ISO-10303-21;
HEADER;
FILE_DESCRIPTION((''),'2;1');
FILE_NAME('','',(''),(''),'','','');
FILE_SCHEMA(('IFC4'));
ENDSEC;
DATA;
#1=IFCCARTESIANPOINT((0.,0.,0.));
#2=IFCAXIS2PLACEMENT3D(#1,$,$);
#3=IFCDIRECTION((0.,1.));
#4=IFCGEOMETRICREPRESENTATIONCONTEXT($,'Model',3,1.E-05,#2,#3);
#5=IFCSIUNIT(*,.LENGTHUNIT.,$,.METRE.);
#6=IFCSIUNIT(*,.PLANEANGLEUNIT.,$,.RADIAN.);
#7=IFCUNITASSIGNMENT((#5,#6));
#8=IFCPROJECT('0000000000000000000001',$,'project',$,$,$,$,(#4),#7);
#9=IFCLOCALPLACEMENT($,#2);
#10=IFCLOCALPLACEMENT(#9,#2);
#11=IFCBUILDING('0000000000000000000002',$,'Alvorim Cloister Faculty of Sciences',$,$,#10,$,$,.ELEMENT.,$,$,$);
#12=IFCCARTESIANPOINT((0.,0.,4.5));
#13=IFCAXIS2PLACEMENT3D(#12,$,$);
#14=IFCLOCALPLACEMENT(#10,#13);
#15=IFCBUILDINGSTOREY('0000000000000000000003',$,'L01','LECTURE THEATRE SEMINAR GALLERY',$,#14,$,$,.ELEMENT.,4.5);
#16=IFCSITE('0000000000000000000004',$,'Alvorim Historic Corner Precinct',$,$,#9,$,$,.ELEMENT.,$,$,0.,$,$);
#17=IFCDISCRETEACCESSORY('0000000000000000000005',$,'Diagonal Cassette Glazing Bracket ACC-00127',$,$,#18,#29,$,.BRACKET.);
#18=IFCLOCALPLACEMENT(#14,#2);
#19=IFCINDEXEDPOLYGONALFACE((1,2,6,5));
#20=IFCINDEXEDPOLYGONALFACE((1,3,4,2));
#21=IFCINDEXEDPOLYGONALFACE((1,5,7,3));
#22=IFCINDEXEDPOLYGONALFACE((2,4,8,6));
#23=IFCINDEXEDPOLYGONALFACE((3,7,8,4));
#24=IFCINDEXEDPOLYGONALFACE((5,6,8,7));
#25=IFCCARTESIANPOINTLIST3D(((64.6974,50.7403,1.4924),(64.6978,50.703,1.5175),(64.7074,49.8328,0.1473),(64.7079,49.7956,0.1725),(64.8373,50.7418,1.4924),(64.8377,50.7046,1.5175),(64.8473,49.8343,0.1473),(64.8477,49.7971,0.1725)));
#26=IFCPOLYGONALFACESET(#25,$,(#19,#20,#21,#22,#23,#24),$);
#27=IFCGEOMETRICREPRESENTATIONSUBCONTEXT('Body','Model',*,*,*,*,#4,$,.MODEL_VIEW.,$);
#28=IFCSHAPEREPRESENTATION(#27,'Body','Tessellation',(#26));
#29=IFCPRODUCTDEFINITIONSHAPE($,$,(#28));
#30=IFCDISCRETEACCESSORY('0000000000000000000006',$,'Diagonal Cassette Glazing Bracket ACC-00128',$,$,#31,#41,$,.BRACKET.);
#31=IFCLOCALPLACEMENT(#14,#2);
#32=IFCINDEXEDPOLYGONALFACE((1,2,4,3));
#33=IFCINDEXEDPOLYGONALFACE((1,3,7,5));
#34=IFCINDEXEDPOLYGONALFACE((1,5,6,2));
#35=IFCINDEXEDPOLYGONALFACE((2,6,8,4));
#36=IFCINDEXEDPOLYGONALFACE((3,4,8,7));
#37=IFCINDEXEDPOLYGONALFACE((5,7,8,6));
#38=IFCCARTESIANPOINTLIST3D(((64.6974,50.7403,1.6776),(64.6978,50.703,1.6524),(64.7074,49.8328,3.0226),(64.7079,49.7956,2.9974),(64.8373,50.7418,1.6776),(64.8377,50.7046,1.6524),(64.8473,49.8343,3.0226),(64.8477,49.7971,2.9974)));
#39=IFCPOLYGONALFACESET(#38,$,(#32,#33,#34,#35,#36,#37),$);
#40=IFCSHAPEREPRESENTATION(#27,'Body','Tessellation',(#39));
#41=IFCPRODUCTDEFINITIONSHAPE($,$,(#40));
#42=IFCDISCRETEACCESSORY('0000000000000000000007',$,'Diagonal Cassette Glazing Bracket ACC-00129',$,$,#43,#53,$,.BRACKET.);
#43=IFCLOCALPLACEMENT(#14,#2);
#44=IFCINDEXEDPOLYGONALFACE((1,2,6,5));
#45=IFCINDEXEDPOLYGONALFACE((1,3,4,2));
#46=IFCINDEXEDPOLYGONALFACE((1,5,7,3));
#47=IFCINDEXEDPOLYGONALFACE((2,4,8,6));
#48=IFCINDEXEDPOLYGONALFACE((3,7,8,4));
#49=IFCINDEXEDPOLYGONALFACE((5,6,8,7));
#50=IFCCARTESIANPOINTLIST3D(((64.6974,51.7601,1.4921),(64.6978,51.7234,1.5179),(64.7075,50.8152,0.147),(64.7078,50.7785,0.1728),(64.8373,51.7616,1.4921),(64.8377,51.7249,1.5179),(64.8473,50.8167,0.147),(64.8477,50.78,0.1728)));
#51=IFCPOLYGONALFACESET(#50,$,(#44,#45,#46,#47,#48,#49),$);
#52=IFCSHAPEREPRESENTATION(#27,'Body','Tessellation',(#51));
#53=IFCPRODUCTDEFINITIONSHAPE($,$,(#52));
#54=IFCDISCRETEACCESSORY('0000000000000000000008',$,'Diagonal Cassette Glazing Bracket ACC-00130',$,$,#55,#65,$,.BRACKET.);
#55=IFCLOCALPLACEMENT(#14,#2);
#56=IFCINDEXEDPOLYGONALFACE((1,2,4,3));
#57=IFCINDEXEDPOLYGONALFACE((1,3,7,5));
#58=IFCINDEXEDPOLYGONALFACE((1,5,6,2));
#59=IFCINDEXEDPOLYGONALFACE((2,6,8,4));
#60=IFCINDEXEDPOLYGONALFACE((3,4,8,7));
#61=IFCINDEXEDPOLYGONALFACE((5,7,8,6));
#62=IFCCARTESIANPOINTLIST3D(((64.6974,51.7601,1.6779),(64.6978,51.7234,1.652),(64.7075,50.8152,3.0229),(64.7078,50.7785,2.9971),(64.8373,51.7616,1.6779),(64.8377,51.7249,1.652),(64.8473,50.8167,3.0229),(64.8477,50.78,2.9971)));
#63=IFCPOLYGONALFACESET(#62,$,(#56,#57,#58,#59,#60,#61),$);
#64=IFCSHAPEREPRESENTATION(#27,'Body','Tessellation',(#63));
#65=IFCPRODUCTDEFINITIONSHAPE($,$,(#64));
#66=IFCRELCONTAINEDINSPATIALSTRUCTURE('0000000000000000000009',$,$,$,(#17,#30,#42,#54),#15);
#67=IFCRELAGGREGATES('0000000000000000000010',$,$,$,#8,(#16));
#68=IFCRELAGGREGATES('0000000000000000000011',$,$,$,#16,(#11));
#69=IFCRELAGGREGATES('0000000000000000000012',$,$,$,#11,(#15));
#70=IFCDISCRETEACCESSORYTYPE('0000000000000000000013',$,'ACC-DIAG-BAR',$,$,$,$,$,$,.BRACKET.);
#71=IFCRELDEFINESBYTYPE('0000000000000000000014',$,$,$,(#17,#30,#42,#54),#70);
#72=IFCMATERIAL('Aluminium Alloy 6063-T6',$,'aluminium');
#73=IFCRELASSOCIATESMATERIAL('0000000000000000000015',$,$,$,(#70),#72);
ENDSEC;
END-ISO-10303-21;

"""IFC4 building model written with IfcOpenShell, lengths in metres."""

from ifc_helpers import new_model, si_unit, direction, frame, origin, origin_2d, place, context, subcontext, project, spatial, rectangle, extrude, material, type_object, element, save


model = new_model("IFC4")

# Units and contexts
model_context = context("Model", 3, precision=1e-05, world=origin(), true_north=direction((0.0, 1.0)))
body_context = subcontext(model_context, "Body", "Model", "MODEL_VIEW")
ifc_project = project(units=[si_unit("LENGTHUNIT", "METRE"), si_unit("PLANEANGLEUNIT", "RADIAN")], contexts=[model_context])

# Site, building, storey
site_placement = place(None, origin())
site = spatial("IfcSite", under=ifc_project, at=site_placement, Name="Alvorim Historic Corner Precinct", CompositionType="ELEMENT", RefElevation=0.0)
building_placement = place(site_placement, origin())
building = spatial("IfcBuilding", under=site, at=building_placement, Name="Alvorim Cloister Faculty of Sciences", CompositionType="ELEMENT")
storey_placement = place(building_placement, frame((0.0, 0.0, 4.5)))
storey = spatial("IfcBuildingStorey", under=building, at=storey_placement, Name="L01", Description="LECTURE THEATRE SEMINAR GALLERY", CompositionType="ELEMENT", Elevation=4.5)

# Shared definitions
ifc_material_1 = material(Name="Aluminium Alloy 6063-T6", Category="aluminium")

# Discrete accessories
discrete_accessory_type = type_object("IfcDiscreteAccessoryType", Name="ACC-DIAG-BAR", PredefinedType="BRACKET", material=ifc_material_1)
for number, where, z_axis, x_axis, name in (
    (1, (64.7776, 49.8149, 0.1599), (-0.006169, 0.559299, 0.828943), (-0.999939, -0.01103, 0.0), "Diagonal Cassette Glazing Bracket ACC-00127"),
    (2, (64.7776, 49.8149, 3.01), (-0.006169, 0.559299, -0.828943), (-0.999939, -0.01103, 0.0), "Diagonal Cassette Glazing Bracket ACC-00128"),
):
    element("IfcDiscreteAccessory", number, at=place(storey_placement, frame(where, z_axis=z_axis, x_axis=x_axis)), inside=storey, type_object=discrete_accessory_type, Name=name, PredefinedType="BRACKET", context=body_context, shape_type="SweptSolid", body=[
        extrude(rectangle(XDim=0.1399, YDim=0.0449, at=origin_2d()), origin(), (0.0, 0.0, 1.0), 1.6226),
    ])
for number, where, z_axis, x_axis, name in (
    (3, (64.7776, 50.7976, 0.1599), (-0.00609, 0.574817, 0.81826), (-0.999944, -0.010594, 0.0), "Diagonal Cassette Glazing Bracket ACC-00129"),
    (4, (64.7776, 50.7976, 3.01), (-0.00609, 0.574817, -0.81826), (-0.999944, -0.010594, 0.0), "Diagonal Cassette Glazing Bracket ACC-00130"),
):
    element("IfcDiscreteAccessory", number, at=place(storey_placement, frame(where, z_axis=z_axis, x_axis=x_axis)), inside=storey, type_object=discrete_accessory_type, Name=name, PredefinedType="BRACKET", context=body_context, shape_type="SweptSolid", body=[
        extrude(rectangle(XDim=0.1399, YDim=0.0449, at=origin_2d()), origin(), (0.0, 0.0, 1.0), 1.6438),
    ])

save(model, "model.ifc")
